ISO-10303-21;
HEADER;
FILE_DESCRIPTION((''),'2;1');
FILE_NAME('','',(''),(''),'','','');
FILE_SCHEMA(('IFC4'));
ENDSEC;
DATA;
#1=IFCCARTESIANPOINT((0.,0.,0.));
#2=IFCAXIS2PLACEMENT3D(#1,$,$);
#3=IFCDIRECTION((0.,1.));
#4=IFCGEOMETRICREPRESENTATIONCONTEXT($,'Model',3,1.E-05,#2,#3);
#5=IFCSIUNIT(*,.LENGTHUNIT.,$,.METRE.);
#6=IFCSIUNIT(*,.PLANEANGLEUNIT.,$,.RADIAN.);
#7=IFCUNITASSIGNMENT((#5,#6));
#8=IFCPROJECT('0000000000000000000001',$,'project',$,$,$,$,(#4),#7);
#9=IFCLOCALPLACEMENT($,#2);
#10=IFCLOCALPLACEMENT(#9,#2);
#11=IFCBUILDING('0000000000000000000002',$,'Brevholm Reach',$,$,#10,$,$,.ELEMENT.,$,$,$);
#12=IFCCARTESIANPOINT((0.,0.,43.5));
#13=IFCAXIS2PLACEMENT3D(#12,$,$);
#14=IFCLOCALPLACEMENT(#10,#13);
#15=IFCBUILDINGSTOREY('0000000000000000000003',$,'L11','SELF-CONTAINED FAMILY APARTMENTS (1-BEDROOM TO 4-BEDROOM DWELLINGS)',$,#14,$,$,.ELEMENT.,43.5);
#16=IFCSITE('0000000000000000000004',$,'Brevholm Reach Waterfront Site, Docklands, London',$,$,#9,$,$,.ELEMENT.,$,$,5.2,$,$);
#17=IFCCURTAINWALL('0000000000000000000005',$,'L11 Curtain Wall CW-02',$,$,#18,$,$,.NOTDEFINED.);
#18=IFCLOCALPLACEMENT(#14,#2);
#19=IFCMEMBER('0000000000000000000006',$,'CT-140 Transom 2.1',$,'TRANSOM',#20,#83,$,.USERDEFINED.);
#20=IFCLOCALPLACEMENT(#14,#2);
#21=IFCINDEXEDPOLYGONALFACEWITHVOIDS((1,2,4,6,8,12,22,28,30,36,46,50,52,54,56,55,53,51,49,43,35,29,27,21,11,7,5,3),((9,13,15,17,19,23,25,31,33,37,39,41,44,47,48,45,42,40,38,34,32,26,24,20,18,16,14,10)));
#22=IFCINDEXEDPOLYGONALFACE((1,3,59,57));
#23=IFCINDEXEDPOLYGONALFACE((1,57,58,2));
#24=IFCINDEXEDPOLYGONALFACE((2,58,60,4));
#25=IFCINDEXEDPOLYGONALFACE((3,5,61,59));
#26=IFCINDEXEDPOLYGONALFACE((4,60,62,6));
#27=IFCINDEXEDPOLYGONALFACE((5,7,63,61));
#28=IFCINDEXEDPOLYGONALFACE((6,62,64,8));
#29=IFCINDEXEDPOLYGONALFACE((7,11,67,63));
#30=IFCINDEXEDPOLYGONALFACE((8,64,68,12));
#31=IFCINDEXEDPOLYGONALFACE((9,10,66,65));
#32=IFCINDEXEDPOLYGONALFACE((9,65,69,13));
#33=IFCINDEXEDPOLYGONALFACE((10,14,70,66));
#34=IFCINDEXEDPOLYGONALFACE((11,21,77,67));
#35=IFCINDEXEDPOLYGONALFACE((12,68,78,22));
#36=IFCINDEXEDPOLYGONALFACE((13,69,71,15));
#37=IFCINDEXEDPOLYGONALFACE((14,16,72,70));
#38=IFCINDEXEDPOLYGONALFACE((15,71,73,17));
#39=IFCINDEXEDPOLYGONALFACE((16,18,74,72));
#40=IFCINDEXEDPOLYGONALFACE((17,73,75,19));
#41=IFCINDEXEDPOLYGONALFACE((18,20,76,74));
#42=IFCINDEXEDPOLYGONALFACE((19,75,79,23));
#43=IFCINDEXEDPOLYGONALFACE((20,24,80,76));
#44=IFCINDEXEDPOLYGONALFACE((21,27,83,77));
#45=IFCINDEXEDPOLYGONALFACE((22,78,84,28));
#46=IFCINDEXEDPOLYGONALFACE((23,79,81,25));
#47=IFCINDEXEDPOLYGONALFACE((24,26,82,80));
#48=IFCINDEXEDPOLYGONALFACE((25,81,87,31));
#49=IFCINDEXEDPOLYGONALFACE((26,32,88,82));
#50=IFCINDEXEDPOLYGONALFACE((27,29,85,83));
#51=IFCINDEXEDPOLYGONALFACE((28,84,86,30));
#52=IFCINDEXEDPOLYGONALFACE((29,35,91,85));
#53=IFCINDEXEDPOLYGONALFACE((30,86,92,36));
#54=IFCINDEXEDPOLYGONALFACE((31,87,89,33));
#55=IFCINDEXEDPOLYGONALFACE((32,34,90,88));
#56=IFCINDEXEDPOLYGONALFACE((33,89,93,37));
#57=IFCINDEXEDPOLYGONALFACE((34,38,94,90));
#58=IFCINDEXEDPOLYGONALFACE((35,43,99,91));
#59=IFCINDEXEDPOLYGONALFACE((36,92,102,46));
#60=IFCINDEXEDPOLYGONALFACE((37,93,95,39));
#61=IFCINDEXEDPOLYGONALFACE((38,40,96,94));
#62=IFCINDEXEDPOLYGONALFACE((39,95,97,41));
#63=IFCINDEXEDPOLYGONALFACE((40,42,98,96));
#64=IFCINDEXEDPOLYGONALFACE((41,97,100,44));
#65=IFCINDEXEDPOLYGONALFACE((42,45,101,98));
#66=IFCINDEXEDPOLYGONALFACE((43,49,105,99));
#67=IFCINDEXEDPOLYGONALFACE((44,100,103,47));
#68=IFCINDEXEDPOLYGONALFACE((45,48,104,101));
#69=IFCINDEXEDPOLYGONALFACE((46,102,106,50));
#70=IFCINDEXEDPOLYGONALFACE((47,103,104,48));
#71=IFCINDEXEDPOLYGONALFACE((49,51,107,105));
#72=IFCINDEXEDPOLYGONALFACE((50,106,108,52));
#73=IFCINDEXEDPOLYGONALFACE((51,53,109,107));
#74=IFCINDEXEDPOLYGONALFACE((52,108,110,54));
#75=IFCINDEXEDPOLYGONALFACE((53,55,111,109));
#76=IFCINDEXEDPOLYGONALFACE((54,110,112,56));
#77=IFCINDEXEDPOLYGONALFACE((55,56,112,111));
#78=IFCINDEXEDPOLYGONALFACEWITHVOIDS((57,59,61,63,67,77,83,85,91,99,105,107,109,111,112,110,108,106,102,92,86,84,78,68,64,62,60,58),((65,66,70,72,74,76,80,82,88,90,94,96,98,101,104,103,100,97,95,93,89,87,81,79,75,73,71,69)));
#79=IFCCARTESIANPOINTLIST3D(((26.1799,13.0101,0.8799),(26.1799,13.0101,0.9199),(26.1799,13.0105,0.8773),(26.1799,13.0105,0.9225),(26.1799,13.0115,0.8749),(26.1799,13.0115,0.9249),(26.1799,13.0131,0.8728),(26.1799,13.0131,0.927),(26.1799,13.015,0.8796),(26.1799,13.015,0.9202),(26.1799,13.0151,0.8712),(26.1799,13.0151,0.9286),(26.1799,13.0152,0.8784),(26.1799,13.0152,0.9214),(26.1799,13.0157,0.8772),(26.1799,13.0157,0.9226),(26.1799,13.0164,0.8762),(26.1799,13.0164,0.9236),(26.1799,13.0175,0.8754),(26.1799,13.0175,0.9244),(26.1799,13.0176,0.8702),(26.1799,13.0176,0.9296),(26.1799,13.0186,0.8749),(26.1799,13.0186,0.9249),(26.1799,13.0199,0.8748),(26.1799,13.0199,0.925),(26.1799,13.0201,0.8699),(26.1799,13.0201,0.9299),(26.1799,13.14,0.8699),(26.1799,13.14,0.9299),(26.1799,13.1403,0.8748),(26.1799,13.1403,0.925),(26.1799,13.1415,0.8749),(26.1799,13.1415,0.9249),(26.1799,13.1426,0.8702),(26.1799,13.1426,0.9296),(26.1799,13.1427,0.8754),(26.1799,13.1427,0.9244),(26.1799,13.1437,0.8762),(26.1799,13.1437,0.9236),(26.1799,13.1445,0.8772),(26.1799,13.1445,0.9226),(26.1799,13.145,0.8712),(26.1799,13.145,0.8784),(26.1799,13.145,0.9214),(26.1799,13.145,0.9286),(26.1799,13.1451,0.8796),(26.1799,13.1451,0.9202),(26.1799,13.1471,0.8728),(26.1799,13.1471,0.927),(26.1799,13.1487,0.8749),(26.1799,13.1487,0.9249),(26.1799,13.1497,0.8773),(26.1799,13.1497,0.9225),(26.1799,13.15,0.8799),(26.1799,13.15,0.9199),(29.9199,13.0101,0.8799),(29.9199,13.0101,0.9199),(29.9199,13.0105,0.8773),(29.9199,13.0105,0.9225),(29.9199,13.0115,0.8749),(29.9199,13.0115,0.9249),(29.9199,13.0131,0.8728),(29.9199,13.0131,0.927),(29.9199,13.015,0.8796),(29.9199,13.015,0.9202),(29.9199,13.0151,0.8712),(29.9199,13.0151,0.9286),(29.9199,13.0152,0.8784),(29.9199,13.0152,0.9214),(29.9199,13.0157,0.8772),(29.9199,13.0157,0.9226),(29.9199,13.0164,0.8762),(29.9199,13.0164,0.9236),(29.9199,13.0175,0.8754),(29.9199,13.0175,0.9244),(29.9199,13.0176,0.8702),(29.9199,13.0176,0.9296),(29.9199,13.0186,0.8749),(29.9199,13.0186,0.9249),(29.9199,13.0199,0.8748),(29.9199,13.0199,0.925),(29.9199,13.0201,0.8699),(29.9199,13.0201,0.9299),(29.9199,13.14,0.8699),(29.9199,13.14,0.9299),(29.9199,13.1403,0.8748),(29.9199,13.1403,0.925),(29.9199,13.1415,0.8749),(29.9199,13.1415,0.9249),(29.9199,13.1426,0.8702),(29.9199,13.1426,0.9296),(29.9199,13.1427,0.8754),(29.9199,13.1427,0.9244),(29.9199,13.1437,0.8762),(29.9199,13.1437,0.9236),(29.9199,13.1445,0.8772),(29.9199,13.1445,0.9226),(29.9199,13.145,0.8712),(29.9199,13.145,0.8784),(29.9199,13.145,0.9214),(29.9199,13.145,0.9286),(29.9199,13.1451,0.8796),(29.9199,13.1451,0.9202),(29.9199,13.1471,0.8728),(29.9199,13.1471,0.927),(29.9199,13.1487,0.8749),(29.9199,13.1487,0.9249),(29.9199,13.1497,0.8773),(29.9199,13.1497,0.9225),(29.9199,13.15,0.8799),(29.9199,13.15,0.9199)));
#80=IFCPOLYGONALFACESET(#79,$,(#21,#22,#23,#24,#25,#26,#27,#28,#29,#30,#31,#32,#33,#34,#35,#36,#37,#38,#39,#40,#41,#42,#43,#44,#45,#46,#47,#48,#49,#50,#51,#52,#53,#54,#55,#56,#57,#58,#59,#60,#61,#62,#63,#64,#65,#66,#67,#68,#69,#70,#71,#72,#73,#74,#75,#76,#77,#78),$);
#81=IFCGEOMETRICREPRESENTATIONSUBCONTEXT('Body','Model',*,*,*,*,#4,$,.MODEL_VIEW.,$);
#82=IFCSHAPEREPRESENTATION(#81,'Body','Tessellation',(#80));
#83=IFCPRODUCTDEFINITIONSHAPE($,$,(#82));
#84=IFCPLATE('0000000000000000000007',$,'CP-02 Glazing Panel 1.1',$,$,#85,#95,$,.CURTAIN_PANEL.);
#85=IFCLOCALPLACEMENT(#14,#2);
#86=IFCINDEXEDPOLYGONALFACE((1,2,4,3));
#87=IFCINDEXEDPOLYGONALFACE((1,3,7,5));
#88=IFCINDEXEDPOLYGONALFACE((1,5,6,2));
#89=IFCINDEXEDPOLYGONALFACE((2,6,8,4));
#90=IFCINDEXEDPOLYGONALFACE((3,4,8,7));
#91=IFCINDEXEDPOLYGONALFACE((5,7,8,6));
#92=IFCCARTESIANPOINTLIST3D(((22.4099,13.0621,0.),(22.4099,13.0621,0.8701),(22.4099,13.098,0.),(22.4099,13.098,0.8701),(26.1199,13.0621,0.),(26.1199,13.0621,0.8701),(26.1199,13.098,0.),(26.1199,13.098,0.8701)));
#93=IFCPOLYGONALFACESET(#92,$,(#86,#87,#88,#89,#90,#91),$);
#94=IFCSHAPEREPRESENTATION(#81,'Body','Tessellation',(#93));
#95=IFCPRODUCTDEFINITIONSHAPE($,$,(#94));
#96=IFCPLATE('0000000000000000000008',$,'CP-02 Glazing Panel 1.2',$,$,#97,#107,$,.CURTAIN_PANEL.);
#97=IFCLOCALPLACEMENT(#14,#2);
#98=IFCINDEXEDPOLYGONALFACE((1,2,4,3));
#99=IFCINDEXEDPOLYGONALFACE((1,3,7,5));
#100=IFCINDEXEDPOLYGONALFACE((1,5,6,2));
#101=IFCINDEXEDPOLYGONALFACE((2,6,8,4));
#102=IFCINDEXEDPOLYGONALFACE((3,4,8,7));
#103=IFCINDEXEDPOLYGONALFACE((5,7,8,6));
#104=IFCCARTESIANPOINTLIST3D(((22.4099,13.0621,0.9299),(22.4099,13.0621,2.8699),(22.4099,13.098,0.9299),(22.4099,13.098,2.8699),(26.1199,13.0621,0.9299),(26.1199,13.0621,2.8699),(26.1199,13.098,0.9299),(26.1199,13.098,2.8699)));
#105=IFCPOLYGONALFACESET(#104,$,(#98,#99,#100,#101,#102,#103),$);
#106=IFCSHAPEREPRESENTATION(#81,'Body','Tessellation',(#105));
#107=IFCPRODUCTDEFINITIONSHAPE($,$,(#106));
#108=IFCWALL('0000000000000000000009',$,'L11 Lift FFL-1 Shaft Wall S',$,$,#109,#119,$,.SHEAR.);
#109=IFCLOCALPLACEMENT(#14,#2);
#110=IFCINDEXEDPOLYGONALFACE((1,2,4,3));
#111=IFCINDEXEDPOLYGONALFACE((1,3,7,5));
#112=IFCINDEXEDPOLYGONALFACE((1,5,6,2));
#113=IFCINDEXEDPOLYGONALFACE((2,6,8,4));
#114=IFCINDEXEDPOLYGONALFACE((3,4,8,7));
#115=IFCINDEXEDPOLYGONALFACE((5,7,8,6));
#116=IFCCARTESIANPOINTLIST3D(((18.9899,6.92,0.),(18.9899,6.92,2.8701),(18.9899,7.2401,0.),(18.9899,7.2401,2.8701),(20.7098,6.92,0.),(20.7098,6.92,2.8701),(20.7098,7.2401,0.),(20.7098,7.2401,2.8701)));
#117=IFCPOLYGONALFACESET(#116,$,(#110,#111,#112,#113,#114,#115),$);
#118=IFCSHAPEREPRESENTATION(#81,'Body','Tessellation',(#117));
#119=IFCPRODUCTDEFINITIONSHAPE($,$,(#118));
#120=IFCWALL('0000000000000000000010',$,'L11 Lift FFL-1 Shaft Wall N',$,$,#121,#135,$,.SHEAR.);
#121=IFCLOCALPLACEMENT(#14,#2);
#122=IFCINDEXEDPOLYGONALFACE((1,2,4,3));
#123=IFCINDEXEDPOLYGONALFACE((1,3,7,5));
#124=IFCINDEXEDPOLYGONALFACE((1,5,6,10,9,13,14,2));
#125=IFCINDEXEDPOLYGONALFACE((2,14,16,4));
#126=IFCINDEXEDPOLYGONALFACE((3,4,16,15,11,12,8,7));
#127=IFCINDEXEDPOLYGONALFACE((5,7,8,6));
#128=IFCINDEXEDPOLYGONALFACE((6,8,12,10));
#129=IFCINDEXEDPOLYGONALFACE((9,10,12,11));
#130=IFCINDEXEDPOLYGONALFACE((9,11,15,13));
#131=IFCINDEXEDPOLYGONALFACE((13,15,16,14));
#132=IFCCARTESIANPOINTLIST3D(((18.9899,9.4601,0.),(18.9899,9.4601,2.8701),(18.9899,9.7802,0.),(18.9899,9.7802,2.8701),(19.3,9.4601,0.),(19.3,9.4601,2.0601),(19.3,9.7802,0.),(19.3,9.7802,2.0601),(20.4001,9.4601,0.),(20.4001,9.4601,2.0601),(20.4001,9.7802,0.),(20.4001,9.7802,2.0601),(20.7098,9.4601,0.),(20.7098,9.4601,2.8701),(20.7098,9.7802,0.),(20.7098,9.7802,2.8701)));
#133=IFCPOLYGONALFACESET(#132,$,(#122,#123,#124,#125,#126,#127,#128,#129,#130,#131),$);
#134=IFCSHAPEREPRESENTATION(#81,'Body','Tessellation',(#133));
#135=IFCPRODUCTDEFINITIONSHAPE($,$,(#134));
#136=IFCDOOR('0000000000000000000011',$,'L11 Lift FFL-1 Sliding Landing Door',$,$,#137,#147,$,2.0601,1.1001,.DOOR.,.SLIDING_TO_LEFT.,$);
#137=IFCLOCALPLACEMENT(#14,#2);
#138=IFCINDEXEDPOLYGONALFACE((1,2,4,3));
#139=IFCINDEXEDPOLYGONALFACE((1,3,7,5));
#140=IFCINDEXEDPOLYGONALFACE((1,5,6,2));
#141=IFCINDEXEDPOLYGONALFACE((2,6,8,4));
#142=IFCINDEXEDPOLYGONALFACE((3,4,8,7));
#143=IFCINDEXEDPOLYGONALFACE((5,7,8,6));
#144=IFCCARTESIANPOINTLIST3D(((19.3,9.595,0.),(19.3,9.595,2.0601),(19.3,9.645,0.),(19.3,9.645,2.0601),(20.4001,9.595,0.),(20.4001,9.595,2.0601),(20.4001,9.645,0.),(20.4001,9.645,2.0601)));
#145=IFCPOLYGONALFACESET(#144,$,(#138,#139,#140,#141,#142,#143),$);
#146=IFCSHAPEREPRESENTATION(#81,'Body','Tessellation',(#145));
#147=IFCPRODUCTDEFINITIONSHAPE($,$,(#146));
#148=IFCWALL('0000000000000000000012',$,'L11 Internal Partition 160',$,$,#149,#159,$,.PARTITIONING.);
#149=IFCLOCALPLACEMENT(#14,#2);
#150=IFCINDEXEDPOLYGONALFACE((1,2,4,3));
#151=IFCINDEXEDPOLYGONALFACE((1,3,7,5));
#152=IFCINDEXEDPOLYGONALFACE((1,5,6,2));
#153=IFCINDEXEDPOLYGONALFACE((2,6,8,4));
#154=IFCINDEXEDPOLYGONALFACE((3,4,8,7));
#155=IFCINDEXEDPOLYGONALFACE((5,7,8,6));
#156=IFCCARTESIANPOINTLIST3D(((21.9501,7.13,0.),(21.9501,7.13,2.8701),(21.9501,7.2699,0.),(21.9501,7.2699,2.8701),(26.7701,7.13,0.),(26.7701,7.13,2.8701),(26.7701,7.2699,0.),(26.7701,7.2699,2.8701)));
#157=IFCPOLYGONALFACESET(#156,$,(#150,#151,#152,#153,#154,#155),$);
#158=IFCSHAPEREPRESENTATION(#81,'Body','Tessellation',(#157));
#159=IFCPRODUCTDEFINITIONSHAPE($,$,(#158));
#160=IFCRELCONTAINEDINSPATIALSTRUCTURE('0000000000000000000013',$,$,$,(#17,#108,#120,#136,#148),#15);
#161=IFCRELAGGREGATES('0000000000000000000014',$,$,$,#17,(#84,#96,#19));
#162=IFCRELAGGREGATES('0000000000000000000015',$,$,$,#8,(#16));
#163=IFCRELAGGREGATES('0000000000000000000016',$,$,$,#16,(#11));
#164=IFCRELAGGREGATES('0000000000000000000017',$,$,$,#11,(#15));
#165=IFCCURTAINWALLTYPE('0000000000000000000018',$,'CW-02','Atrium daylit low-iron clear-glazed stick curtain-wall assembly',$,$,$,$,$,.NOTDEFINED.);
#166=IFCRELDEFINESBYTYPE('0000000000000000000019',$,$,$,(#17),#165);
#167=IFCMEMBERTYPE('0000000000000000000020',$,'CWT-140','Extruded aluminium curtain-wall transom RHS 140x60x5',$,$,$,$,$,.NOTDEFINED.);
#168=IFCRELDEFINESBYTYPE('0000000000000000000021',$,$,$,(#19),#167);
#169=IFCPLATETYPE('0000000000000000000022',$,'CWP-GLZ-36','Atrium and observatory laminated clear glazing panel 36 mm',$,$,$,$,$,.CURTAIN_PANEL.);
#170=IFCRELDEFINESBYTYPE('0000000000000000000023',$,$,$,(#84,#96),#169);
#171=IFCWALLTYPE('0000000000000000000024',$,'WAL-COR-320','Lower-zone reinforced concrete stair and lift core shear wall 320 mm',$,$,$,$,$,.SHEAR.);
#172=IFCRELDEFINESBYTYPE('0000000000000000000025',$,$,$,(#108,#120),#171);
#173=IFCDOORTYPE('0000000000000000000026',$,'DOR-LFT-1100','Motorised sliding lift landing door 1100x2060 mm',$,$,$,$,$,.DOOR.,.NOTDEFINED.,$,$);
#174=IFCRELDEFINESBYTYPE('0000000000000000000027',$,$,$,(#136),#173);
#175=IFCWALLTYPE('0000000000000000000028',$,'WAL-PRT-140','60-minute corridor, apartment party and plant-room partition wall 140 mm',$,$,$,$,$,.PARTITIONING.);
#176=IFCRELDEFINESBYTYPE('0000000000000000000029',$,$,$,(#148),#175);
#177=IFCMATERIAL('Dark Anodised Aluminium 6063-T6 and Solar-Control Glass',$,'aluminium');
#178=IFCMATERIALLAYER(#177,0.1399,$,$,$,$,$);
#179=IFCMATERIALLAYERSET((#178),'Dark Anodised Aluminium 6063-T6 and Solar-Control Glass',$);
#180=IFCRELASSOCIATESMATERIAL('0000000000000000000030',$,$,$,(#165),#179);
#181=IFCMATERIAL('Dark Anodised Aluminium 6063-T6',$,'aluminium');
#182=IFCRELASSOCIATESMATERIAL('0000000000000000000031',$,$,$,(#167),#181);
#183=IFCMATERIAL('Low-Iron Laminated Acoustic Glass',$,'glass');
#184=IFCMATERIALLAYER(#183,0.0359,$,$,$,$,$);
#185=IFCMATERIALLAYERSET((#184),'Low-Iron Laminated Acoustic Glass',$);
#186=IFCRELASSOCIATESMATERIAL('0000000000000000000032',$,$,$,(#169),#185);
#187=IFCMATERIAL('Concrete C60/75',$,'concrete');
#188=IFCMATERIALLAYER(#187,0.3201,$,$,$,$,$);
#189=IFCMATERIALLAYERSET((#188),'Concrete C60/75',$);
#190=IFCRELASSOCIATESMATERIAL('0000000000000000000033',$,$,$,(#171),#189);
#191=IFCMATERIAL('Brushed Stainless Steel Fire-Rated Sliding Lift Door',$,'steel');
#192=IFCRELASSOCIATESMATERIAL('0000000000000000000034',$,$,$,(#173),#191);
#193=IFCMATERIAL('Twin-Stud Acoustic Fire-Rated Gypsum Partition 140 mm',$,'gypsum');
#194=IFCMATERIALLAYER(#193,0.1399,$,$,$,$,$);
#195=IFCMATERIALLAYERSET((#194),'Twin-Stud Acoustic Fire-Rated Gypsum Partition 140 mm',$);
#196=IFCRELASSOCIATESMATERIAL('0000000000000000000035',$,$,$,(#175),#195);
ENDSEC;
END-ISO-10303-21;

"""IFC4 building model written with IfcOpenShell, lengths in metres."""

from ifc_helpers import new_model, si_unit, direction, frame, frame_2d, origin, origin_2d, place, context, subcontext, project, spatial, rectangle, hollow_rectangle, extrude, material, layer, layer_set, material_profile, profile_set, type_object, element, fill, aggregate, save


model = new_model("IFC4")

# Units and contexts
model_context = context("Model", 3, precision=1e-05, world=origin(), true_north=direction((0.0, 1.0)))
body_context = subcontext(model_context, "Body", "Model", "MODEL_VIEW")
ifc_project = project(units=[si_unit("LENGTHUNIT", "METRE"), si_unit("PLANEANGLEUNIT", "RADIAN")], contexts=[model_context])

# Site, building, storey
site_placement = place(None, origin())
site = spatial("IfcSite", under=ifc_project, at=site_placement, Name="Brevholm Reach Waterfront Site, Docklands, London", CompositionType="ELEMENT", RefElevation=5.2)
building_placement = place(site_placement, origin())
building = spatial("IfcBuilding", under=site, at=building_placement, Name="Brevholm Reach", CompositionType="ELEMENT")
storey_placement = place(building_placement, frame((0.0, 0.0, 43.5)))
storey = spatial("IfcBuildingStorey", under=building, at=storey_placement, Name="L11", Description="SELF-CONTAINED FAMILY APARTMENTS (1-BEDROOM TO 4-BEDROOM DWELLINGS)", CompositionType="ELEMENT", Elevation=43.5)

# Curtain wall, member, plates
ifc_material_1 = material(Name="Dark Anodised Aluminium 6063-T6 and Solar-Control Glass", Category="aluminium")
ifc_layer_1 = layer(ifc_material_1, 0.1399)
ifc_layer_set_1 = layer_set([ifc_layer_1], Name="Dark Anodised Aluminium 6063-T6 and Solar-Control Glass")
curtain_wall_type = type_object("IfcCurtainWallType", Name="CW-02", Description="Atrium daylit low-iron clear-glazed stick curtain-wall assembly", PredefinedType="NOTDEFINED", material=ifc_layer_set_1)
curtain_wall_placement = place(storey_placement, origin())
curtain_wall = element("IfcCurtainWall", 1, at=curtain_wall_placement, inside=storey, type_object=curtain_wall_type, Name="L11 Curtain Wall CW-02", PredefinedType="NOTDEFINED")
ifc_material_2 = material(Name="Dark Anodised Aluminium 6063-T6", Category="aluminium")
ifc_material_profile_1 = material_profile(ifc_material_2, hollow_rectangle(XDim=0.0601, YDim=0.1399, WallThickness=0.0049, InnerFilletRadius=0.0049, OuterFilletRadius=0.01, at=origin_2d()), Name="RHS 140x60x5")
ifc_profile_set_1 = profile_set([ifc_material_profile_1], Name="Dark Anodised Aluminium 6063-T6")
member_type_1 = type_object("IfcMemberType", Name="CWT-140", Description="Extruded aluminium curtain-wall transom RHS 140x60x5", PredefinedType="NOTDEFINED", material=ifc_profile_set_1)
member_1_placement = place(storey_placement, frame((26.1799, 13.0801, 0.8999), z_axis=(1.0, 0.0, 0.0), x_axis=(0.0, 0.0, 1.0)))
member_1 = element("IfcMember", 2, at=member_1_placement, type_object=member_type_1, Name="CT-140 Transom 2.1", ObjectType="TRANSOM", PredefinedType="USERDEFINED", context=body_context, shape_type="SweptSolid", body=[
    extrude(hollow_rectangle(XDim=0.0601, YDim=0.1399, WallThickness=0.0049, InnerFilletRadius=0.0049, OuterFilletRadius=0.01, at=origin_2d()), origin(), (0.0, 0.0, 1.0), 3.74),
])
ifc_material_3 = material(Name="Low-Iron Laminated Acoustic Glass", Category="glass")
ifc_layer_2 = layer(ifc_material_3, 0.0359)
ifc_layer_set_2 = layer_set([ifc_layer_2], Name="Low-Iron Laminated Acoustic Glass")
plate_type = type_object("IfcPlateType", Name="CWP-GLZ-36", Description="Atrium and observatory laminated clear glazing panel 36 mm", PredefinedType="CURTAIN_PANEL", material=ifc_layer_set_2)
plate_1_placement = place(storey_placement, frame((24.2649, 13.0801, 0.0), z_axis=(0.0, 0.0, 1.0), x_axis=(1.0, 0.0, 0.0)))
plate_1 = element("IfcPlate", 3, at=plate_1_placement, type_object=plate_type, Name="CP-02 Glazing Panel 1.1", PredefinedType="CURTAIN_PANEL", context=body_context, shape_type="SweptSolid", body=[
    extrude(rectangle(XDim=3.71, YDim=0.0359, at=origin_2d()), origin(), (0.0, 0.0, 1.0), 0.8701),
])
plate_2_placement = place(storey_placement, frame((24.2649, 13.0801, 0.9299), z_axis=(0.0, 0.0, 1.0), x_axis=(1.0, 0.0, 0.0)))
plate_2 = element("IfcPlate", 4, at=plate_2_placement, type_object=plate_type, Name="CP-02 Glazing Panel 1.2", PredefinedType="CURTAIN_PANEL", context=body_context, shape_type="SweptSolid", body=[
    extrude(rectangle(XDim=3.71, YDim=0.0359, at=origin_2d()), origin(), (0.0, 0.0, 1.0), 1.9399),
])
aggregate(curtain_wall, [plate_1, plate_2, member_1])

# Wall
ifc_material_4 = material(Name="Concrete C60/75", Category="concrete")
ifc_layer_3 = layer(ifc_material_4, 0.3201)
ifc_layer_set_3 = layer_set([ifc_layer_3], Name="Concrete C60/75")
wall_type_1 = type_object("IfcWallType", Name="WAL-COR-320", Description="Lower-zone reinforced concrete stair and lift core shear wall 320 mm", PredefinedType="SHEAR", material=ifc_layer_set_3)
wall_1_placement = place(storey_placement, frame((18.99, 7.0801, 0.0), z_axis=(0.0, 0.0, 1.0), x_axis=(1.0, 0.0, 0.0)))
element("IfcWall", 5, at=wall_1_placement, inside=storey, type_object=wall_type_1, Name="L11 Lift FFL-1 Shaft Wall S", PredefinedType="SHEAR", context=body_context, shape_type="SweptSolid", body=[
    extrude(rectangle(XDim=1.72, YDim=0.3201, at=frame_2d((0.8599, 0.0))), origin(), (0.0, 0.0, 1.0), 2.8701),
])

# Wall, opening, door
wall_2_placement = place(storey_placement, frame((18.99, 9.6201, 0.0), z_axis=(0.0, 0.0, 1.0), x_axis=(1.0, 0.0, 0.0)))
wall_2 = element("IfcWall", 6, at=wall_2_placement, inside=storey, type_object=wall_type_1, Name="L11 Lift FFL-1 Shaft Wall N", PredefinedType="SHEAR", context=body_context, shape_type="SweptSolid", body=[
    extrude(rectangle(XDim=1.72, YDim=0.3201, at=frame_2d((0.8599, 0.0))), origin(), (0.0, 0.0, 1.0), 2.8701),
])
opening_1_placement = place(wall_2_placement, frame((0.3101, 0.0, 0.0)))
opening_1 = element("IfcOpeningElement", 7, at=opening_1_placement, cuts=wall_2, PredefinedType="OPENING", context=body_context, shape_type="SweptSolid", body=[
    extrude(rectangle(XDim=1.1001, YDim=2.0601, at=frame_2d((0.55, 1.03))), frame((0.0, 0.1699, 0.0), z_axis=(0.0, -1.0, 0.0), x_axis=(1.0, 0.0, 0.0)), (0.0, 0.0, 1.0), 0.3401),
])
ifc_material_5 = material(Name="Brushed Stainless Steel Fire-Rated Sliding Lift Door", Category="steel")
door_type_1 = type_object("IfcDoorType", Name="DOR-LFT-1100", Description="Motorised sliding lift landing door 1100x2060 mm", OperationType="NOTDEFINED", PredefinedType="DOOR", material=ifc_material_5)
door_1_placement = place(opening_1_placement, origin())
door_1 = element("IfcDoor", 8, at=door_1_placement, inside=storey, type_object=door_type_1, Name="L11 Lift FFL-1 Sliding Landing Door", OperationType="SLIDING_TO_LEFT", OverallHeight=2.0601, OverallWidth=1.1001, PredefinedType="DOOR", context=body_context, shape_type="SweptSolid", body=[
    extrude(rectangle(XDim=1.1001, YDim=2.0601, at=frame_2d((0.55, 1.03))), frame((0.0, 0.0249, 0.0), z_axis=(0.0, -1.0, 0.0), x_axis=(1.0, 0.0, 0.0)), (0.0, 0.0, 1.0), 0.05),
])
fill(opening_1, door_1)

# Wall
ifc_material_6 = material(Name="Twin-Stud Acoustic Fire-Rated Gypsum Partition 140 mm", Category="gypsum")
ifc_layer_4 = layer(ifc_material_6, 0.1399)
ifc_layer_set_4 = layer_set([ifc_layer_4], Name="Twin-Stud Acoustic Fire-Rated Gypsum Partition 140 mm")
wall_type_2 = type_object("IfcWallType", Name="WAL-PRT-140", Description="60-minute corridor, apartment party and plant-room partition wall 140 mm", PredefinedType="PARTITIONING", material=ifc_layer_set_4)
wall_3_placement = place(storey_placement, frame((21.95, 7.2, 0.0), z_axis=(0.0, 0.0, 1.0), x_axis=(1.0, 0.0, 0.0)))
element("IfcWall", 9, at=wall_3_placement, inside=storey, type_object=wall_type_2, Name="L11 Internal Partition 160", PredefinedType="PARTITIONING", context=body_context, shape_type="SweptSolid", body=[
    extrude(rectangle(XDim=4.8201, YDim=0.1399, at=frame_2d((2.4102, 0.0))), origin(), (0.0, 0.0, 1.0), 2.8701),
])

save(model, "model.ifc")
